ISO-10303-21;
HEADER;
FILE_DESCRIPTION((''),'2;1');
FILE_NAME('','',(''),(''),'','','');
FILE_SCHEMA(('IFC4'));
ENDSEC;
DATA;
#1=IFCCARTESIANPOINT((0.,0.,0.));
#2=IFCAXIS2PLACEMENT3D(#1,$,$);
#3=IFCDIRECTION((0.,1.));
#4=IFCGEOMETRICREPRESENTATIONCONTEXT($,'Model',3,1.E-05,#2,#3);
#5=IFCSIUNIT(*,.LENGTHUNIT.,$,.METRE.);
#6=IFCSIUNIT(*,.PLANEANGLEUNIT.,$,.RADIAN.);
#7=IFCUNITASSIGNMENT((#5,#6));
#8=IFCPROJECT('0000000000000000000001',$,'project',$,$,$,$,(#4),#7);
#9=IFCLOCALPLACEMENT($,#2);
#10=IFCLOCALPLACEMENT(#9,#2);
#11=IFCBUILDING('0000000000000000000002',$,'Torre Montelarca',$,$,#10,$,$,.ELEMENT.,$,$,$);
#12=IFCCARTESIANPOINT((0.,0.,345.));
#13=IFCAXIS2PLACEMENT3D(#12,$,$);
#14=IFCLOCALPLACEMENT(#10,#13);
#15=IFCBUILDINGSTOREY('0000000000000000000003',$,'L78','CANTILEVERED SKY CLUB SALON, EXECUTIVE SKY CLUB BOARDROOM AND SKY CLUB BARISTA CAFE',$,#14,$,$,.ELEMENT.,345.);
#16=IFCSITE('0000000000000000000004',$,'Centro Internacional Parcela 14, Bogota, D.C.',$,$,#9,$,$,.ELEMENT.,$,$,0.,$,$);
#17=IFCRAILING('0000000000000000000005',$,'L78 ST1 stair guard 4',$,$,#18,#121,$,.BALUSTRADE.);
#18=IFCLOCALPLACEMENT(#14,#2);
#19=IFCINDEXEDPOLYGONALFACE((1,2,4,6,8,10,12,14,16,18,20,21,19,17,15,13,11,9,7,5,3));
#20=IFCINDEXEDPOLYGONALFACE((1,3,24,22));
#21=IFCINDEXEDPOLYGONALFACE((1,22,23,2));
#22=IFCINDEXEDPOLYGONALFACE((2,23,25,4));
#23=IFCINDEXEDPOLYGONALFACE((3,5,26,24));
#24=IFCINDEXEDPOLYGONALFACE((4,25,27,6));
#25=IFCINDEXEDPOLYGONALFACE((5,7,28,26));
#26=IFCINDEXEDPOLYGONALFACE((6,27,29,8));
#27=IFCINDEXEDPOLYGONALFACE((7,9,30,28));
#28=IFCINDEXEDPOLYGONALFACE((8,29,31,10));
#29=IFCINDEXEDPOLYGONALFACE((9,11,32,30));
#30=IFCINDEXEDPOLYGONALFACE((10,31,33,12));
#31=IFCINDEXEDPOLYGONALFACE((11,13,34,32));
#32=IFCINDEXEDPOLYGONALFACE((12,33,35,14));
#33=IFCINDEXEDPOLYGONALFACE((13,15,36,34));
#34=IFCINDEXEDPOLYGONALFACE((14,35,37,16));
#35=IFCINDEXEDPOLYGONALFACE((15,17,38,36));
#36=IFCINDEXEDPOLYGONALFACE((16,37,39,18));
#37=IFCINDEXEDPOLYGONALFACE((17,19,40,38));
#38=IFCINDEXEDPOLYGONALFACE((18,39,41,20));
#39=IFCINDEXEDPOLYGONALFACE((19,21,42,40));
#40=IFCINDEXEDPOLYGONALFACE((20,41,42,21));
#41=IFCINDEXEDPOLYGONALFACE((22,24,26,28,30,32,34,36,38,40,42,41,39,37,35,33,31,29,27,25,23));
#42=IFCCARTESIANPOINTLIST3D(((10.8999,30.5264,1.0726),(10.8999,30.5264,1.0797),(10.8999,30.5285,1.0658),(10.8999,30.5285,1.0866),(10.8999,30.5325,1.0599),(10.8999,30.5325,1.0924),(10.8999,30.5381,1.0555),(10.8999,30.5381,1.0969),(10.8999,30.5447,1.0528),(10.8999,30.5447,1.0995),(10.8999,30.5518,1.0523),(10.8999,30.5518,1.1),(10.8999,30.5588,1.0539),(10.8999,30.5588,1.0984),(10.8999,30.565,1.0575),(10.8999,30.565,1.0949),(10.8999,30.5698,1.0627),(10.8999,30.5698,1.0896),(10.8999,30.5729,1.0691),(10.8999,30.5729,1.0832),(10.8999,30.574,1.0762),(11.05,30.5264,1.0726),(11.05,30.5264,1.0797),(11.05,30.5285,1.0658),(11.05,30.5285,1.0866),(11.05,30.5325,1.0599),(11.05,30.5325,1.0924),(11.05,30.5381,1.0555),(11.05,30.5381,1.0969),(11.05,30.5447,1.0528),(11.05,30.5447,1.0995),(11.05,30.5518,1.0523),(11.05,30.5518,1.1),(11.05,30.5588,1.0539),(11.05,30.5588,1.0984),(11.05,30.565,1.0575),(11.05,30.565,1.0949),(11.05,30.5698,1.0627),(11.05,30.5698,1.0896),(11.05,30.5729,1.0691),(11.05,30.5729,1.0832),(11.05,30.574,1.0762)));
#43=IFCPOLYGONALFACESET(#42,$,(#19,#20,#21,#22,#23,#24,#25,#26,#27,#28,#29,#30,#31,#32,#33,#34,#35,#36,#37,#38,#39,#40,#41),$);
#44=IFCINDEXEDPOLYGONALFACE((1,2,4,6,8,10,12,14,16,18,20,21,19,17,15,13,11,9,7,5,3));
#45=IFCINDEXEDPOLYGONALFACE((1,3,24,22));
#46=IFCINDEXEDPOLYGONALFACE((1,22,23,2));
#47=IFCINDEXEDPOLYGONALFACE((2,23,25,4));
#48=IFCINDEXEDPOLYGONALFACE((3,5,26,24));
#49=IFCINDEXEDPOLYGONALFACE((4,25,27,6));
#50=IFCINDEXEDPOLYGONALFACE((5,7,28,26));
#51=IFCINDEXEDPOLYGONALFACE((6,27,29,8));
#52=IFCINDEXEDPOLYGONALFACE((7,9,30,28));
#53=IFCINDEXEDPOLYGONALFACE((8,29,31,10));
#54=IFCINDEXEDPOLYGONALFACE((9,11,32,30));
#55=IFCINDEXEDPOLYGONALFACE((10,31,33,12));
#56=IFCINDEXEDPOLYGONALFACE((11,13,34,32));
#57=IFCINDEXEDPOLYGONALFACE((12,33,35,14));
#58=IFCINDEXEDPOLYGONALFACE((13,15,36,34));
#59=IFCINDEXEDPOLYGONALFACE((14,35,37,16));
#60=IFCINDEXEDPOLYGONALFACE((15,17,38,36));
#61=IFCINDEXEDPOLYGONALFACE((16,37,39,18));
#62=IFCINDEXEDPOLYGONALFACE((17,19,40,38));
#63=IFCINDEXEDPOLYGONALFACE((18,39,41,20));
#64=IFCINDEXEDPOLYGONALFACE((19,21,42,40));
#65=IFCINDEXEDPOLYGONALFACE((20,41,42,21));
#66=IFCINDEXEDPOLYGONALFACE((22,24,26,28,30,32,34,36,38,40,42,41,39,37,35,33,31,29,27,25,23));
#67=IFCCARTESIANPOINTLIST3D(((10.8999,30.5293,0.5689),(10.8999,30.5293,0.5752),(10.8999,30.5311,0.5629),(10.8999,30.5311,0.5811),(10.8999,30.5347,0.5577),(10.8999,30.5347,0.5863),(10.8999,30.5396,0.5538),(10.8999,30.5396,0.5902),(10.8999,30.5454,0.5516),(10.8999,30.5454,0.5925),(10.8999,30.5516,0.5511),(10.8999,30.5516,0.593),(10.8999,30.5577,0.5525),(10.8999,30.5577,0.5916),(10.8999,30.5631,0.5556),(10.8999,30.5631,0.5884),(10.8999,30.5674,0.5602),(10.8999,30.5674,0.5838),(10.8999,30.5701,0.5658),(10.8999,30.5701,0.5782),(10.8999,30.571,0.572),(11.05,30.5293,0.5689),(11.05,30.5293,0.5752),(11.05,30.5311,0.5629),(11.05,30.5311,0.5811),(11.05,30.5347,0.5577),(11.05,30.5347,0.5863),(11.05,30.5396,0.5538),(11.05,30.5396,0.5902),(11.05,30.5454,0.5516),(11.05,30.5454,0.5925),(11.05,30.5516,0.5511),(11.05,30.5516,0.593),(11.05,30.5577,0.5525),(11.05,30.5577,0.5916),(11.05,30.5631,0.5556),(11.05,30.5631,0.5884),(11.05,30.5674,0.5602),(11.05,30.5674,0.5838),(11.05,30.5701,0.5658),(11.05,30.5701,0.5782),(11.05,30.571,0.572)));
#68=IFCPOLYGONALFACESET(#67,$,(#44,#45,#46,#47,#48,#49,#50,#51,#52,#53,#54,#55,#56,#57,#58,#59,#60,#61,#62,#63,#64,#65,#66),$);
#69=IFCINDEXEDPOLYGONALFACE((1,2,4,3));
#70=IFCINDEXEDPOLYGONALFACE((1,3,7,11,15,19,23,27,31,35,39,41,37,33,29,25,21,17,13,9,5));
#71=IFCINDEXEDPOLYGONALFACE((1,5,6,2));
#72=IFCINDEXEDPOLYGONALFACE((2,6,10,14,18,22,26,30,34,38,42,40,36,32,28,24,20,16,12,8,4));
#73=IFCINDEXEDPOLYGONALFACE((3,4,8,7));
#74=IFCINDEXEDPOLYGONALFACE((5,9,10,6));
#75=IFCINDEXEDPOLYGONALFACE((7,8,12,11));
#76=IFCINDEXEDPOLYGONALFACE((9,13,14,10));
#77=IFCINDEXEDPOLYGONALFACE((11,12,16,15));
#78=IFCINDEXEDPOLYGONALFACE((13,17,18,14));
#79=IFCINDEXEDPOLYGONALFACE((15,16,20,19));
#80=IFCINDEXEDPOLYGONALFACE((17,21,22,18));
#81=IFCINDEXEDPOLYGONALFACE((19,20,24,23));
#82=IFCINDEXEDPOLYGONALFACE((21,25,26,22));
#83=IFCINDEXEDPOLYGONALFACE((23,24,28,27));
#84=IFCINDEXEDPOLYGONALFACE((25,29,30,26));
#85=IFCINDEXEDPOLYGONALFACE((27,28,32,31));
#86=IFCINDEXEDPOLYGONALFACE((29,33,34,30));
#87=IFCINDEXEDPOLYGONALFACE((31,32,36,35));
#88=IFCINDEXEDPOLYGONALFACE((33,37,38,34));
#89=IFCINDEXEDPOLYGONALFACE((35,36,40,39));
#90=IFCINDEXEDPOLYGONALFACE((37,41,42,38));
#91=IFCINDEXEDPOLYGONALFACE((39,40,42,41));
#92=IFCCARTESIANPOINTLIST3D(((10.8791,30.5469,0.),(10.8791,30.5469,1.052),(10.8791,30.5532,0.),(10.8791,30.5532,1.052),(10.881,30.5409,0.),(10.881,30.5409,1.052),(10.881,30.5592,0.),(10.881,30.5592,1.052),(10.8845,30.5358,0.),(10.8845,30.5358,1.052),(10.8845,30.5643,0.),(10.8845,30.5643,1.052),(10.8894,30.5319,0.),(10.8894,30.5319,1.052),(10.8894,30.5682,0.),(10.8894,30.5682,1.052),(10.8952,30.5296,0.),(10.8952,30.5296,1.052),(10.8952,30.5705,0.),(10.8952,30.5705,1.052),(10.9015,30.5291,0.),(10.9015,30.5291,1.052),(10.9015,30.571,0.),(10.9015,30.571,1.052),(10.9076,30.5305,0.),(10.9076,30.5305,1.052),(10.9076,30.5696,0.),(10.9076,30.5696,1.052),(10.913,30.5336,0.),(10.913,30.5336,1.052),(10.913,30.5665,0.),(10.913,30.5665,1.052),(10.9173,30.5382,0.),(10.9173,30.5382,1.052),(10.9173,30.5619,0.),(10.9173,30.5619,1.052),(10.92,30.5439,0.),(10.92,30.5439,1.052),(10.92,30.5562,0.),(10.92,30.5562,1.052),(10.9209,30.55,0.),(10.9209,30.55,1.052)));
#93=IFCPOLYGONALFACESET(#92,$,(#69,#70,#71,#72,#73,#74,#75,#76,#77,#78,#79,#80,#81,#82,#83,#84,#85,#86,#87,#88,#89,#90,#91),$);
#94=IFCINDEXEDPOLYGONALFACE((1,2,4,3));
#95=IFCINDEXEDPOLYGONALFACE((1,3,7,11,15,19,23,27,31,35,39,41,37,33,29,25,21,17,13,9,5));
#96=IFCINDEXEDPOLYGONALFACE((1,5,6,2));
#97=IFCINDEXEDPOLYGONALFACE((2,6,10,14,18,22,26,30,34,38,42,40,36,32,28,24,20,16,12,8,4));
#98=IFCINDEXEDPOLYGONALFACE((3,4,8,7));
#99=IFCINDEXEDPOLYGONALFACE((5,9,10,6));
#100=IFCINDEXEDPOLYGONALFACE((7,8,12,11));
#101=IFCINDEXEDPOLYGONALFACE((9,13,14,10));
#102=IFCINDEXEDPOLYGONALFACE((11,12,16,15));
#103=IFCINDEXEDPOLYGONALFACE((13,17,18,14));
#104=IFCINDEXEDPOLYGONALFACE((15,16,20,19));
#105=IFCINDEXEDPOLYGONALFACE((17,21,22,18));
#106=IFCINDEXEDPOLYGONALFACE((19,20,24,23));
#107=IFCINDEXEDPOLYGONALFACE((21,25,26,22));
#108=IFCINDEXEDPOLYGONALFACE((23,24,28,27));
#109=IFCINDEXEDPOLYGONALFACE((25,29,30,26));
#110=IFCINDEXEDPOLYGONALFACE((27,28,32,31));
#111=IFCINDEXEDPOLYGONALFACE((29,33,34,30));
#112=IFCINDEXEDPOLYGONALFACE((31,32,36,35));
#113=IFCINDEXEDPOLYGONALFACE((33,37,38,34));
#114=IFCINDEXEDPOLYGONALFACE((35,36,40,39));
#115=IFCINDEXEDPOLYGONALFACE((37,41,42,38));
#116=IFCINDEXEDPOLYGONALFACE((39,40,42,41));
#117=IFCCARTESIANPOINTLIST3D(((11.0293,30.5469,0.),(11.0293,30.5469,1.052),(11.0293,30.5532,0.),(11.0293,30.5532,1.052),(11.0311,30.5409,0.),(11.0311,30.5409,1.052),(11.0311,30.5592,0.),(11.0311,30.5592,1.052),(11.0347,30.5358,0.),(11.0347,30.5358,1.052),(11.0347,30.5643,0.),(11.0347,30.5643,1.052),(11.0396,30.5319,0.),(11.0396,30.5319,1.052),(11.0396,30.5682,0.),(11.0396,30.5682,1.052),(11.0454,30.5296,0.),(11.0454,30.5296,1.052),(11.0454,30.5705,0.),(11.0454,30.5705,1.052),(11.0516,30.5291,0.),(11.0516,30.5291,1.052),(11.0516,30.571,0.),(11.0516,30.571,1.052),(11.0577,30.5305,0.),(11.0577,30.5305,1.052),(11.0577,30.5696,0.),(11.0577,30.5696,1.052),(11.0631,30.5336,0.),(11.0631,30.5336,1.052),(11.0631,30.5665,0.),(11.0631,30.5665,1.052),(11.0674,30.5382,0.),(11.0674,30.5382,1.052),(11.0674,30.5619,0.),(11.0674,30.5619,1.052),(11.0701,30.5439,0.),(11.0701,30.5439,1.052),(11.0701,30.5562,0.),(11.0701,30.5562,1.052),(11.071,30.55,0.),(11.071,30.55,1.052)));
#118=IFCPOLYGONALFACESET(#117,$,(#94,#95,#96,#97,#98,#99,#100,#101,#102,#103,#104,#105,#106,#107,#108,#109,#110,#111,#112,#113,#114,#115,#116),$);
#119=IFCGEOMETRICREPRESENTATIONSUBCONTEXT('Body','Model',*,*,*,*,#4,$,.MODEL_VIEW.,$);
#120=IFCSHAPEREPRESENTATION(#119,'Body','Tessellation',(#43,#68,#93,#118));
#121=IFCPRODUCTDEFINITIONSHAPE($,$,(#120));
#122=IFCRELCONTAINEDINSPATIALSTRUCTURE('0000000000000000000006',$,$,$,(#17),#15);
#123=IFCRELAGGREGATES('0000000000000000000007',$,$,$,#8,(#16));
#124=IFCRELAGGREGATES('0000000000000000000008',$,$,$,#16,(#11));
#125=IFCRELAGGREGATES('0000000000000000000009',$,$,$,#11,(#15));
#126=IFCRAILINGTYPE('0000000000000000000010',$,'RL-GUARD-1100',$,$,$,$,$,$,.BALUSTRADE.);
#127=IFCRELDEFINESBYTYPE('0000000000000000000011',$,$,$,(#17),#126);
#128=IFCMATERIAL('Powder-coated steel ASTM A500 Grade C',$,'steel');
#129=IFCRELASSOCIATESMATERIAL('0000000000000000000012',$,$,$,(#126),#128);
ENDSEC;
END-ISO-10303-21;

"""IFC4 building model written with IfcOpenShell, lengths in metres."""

from ifc_helpers import new_model, si_unit, direction, frame, origin, origin_2d, place, context, subcontext, project, spatial, circle, extrude, material, type_object, element, save


model = new_model("IFC4")

# Units and contexts
model_context = context("Model", 3, precision=1e-05, world=origin(), true_north=direction((0.0, 1.0)))
body_context = subcontext(model_context, "Body", "Model", "MODEL_VIEW")
ifc_project = project(units=[si_unit("LENGTHUNIT", "METRE"), si_unit("PLANEANGLEUNIT", "RADIAN")], contexts=[model_context])

# Site, building, storey
site_placement = place(None, origin())
site = spatial("IfcSite", under=ifc_project, at=site_placement, Name="Centro Internacional Parcela 14, Bogota, D.C.", CompositionType="ELEMENT", RefElevation=0.0)
building_placement = place(site_placement, origin())
building = spatial("IfcBuilding", under=site, at=building_placement, Name="Torre Montelarca", CompositionType="ELEMENT")
storey_placement = place(building_placement, frame((0.0, 0.0, 345.0)))
storey = spatial("IfcBuildingStorey", under=building, at=storey_placement, Name="L78", Description="CANTILEVERED SKY CLUB SALON, EXECUTIVE SKY CLUB BOARDROOM AND SKY CLUB BARISTA CAFE", CompositionType="ELEMENT", Elevation=345.0)

# Railing
ifc_material_1 = material(Name="Powder-coated steel ASTM A500 Grade C", Category="steel")
railing_type_1 = type_object("IfcRailingType", Name="RL-GUARD-1100", PredefinedType="BALUSTRADE", material=ifc_material_1)
railing_1_placement = place(storey_placement, frame((10.8999, 30.55, 0.0)))
element("IfcRailing", 1, at=railing_1_placement, inside=storey, type_object=railing_type_1, Name="L78 ST1 stair guard 4", PredefinedType="BALUSTRADE", context=body_context, shape_type="SweptSolid", body=[
    extrude(circle(Radius=0.0239, at=origin_2d()), frame((0.0, 0.0, 1.0762), z_axis=(1.0, 0.0, 0.0), x_axis=(0.0, 1.0, 0.0)), (0.0, 0.0, 1.0), 0.1501),
    extrude(circle(Radius=0.021, at=origin_2d()), frame((0.0, 0.0, 0.572), z_axis=(1.0, 0.0, 0.0), x_axis=(0.0, 1.0, 0.0)), (0.0, 0.0, 1.0), 0.1501),
    extrude(circle(Radius=0.021, at=origin_2d()), origin(), (0.0, 0.0, 1.0), 1.052),
    extrude(circle(Radius=0.021, at=origin_2d()), frame((0.1501, 0.0, 0.0)), (0.0, 0.0, 1.0), 1.052),
])

save(model, "model.ifc")
